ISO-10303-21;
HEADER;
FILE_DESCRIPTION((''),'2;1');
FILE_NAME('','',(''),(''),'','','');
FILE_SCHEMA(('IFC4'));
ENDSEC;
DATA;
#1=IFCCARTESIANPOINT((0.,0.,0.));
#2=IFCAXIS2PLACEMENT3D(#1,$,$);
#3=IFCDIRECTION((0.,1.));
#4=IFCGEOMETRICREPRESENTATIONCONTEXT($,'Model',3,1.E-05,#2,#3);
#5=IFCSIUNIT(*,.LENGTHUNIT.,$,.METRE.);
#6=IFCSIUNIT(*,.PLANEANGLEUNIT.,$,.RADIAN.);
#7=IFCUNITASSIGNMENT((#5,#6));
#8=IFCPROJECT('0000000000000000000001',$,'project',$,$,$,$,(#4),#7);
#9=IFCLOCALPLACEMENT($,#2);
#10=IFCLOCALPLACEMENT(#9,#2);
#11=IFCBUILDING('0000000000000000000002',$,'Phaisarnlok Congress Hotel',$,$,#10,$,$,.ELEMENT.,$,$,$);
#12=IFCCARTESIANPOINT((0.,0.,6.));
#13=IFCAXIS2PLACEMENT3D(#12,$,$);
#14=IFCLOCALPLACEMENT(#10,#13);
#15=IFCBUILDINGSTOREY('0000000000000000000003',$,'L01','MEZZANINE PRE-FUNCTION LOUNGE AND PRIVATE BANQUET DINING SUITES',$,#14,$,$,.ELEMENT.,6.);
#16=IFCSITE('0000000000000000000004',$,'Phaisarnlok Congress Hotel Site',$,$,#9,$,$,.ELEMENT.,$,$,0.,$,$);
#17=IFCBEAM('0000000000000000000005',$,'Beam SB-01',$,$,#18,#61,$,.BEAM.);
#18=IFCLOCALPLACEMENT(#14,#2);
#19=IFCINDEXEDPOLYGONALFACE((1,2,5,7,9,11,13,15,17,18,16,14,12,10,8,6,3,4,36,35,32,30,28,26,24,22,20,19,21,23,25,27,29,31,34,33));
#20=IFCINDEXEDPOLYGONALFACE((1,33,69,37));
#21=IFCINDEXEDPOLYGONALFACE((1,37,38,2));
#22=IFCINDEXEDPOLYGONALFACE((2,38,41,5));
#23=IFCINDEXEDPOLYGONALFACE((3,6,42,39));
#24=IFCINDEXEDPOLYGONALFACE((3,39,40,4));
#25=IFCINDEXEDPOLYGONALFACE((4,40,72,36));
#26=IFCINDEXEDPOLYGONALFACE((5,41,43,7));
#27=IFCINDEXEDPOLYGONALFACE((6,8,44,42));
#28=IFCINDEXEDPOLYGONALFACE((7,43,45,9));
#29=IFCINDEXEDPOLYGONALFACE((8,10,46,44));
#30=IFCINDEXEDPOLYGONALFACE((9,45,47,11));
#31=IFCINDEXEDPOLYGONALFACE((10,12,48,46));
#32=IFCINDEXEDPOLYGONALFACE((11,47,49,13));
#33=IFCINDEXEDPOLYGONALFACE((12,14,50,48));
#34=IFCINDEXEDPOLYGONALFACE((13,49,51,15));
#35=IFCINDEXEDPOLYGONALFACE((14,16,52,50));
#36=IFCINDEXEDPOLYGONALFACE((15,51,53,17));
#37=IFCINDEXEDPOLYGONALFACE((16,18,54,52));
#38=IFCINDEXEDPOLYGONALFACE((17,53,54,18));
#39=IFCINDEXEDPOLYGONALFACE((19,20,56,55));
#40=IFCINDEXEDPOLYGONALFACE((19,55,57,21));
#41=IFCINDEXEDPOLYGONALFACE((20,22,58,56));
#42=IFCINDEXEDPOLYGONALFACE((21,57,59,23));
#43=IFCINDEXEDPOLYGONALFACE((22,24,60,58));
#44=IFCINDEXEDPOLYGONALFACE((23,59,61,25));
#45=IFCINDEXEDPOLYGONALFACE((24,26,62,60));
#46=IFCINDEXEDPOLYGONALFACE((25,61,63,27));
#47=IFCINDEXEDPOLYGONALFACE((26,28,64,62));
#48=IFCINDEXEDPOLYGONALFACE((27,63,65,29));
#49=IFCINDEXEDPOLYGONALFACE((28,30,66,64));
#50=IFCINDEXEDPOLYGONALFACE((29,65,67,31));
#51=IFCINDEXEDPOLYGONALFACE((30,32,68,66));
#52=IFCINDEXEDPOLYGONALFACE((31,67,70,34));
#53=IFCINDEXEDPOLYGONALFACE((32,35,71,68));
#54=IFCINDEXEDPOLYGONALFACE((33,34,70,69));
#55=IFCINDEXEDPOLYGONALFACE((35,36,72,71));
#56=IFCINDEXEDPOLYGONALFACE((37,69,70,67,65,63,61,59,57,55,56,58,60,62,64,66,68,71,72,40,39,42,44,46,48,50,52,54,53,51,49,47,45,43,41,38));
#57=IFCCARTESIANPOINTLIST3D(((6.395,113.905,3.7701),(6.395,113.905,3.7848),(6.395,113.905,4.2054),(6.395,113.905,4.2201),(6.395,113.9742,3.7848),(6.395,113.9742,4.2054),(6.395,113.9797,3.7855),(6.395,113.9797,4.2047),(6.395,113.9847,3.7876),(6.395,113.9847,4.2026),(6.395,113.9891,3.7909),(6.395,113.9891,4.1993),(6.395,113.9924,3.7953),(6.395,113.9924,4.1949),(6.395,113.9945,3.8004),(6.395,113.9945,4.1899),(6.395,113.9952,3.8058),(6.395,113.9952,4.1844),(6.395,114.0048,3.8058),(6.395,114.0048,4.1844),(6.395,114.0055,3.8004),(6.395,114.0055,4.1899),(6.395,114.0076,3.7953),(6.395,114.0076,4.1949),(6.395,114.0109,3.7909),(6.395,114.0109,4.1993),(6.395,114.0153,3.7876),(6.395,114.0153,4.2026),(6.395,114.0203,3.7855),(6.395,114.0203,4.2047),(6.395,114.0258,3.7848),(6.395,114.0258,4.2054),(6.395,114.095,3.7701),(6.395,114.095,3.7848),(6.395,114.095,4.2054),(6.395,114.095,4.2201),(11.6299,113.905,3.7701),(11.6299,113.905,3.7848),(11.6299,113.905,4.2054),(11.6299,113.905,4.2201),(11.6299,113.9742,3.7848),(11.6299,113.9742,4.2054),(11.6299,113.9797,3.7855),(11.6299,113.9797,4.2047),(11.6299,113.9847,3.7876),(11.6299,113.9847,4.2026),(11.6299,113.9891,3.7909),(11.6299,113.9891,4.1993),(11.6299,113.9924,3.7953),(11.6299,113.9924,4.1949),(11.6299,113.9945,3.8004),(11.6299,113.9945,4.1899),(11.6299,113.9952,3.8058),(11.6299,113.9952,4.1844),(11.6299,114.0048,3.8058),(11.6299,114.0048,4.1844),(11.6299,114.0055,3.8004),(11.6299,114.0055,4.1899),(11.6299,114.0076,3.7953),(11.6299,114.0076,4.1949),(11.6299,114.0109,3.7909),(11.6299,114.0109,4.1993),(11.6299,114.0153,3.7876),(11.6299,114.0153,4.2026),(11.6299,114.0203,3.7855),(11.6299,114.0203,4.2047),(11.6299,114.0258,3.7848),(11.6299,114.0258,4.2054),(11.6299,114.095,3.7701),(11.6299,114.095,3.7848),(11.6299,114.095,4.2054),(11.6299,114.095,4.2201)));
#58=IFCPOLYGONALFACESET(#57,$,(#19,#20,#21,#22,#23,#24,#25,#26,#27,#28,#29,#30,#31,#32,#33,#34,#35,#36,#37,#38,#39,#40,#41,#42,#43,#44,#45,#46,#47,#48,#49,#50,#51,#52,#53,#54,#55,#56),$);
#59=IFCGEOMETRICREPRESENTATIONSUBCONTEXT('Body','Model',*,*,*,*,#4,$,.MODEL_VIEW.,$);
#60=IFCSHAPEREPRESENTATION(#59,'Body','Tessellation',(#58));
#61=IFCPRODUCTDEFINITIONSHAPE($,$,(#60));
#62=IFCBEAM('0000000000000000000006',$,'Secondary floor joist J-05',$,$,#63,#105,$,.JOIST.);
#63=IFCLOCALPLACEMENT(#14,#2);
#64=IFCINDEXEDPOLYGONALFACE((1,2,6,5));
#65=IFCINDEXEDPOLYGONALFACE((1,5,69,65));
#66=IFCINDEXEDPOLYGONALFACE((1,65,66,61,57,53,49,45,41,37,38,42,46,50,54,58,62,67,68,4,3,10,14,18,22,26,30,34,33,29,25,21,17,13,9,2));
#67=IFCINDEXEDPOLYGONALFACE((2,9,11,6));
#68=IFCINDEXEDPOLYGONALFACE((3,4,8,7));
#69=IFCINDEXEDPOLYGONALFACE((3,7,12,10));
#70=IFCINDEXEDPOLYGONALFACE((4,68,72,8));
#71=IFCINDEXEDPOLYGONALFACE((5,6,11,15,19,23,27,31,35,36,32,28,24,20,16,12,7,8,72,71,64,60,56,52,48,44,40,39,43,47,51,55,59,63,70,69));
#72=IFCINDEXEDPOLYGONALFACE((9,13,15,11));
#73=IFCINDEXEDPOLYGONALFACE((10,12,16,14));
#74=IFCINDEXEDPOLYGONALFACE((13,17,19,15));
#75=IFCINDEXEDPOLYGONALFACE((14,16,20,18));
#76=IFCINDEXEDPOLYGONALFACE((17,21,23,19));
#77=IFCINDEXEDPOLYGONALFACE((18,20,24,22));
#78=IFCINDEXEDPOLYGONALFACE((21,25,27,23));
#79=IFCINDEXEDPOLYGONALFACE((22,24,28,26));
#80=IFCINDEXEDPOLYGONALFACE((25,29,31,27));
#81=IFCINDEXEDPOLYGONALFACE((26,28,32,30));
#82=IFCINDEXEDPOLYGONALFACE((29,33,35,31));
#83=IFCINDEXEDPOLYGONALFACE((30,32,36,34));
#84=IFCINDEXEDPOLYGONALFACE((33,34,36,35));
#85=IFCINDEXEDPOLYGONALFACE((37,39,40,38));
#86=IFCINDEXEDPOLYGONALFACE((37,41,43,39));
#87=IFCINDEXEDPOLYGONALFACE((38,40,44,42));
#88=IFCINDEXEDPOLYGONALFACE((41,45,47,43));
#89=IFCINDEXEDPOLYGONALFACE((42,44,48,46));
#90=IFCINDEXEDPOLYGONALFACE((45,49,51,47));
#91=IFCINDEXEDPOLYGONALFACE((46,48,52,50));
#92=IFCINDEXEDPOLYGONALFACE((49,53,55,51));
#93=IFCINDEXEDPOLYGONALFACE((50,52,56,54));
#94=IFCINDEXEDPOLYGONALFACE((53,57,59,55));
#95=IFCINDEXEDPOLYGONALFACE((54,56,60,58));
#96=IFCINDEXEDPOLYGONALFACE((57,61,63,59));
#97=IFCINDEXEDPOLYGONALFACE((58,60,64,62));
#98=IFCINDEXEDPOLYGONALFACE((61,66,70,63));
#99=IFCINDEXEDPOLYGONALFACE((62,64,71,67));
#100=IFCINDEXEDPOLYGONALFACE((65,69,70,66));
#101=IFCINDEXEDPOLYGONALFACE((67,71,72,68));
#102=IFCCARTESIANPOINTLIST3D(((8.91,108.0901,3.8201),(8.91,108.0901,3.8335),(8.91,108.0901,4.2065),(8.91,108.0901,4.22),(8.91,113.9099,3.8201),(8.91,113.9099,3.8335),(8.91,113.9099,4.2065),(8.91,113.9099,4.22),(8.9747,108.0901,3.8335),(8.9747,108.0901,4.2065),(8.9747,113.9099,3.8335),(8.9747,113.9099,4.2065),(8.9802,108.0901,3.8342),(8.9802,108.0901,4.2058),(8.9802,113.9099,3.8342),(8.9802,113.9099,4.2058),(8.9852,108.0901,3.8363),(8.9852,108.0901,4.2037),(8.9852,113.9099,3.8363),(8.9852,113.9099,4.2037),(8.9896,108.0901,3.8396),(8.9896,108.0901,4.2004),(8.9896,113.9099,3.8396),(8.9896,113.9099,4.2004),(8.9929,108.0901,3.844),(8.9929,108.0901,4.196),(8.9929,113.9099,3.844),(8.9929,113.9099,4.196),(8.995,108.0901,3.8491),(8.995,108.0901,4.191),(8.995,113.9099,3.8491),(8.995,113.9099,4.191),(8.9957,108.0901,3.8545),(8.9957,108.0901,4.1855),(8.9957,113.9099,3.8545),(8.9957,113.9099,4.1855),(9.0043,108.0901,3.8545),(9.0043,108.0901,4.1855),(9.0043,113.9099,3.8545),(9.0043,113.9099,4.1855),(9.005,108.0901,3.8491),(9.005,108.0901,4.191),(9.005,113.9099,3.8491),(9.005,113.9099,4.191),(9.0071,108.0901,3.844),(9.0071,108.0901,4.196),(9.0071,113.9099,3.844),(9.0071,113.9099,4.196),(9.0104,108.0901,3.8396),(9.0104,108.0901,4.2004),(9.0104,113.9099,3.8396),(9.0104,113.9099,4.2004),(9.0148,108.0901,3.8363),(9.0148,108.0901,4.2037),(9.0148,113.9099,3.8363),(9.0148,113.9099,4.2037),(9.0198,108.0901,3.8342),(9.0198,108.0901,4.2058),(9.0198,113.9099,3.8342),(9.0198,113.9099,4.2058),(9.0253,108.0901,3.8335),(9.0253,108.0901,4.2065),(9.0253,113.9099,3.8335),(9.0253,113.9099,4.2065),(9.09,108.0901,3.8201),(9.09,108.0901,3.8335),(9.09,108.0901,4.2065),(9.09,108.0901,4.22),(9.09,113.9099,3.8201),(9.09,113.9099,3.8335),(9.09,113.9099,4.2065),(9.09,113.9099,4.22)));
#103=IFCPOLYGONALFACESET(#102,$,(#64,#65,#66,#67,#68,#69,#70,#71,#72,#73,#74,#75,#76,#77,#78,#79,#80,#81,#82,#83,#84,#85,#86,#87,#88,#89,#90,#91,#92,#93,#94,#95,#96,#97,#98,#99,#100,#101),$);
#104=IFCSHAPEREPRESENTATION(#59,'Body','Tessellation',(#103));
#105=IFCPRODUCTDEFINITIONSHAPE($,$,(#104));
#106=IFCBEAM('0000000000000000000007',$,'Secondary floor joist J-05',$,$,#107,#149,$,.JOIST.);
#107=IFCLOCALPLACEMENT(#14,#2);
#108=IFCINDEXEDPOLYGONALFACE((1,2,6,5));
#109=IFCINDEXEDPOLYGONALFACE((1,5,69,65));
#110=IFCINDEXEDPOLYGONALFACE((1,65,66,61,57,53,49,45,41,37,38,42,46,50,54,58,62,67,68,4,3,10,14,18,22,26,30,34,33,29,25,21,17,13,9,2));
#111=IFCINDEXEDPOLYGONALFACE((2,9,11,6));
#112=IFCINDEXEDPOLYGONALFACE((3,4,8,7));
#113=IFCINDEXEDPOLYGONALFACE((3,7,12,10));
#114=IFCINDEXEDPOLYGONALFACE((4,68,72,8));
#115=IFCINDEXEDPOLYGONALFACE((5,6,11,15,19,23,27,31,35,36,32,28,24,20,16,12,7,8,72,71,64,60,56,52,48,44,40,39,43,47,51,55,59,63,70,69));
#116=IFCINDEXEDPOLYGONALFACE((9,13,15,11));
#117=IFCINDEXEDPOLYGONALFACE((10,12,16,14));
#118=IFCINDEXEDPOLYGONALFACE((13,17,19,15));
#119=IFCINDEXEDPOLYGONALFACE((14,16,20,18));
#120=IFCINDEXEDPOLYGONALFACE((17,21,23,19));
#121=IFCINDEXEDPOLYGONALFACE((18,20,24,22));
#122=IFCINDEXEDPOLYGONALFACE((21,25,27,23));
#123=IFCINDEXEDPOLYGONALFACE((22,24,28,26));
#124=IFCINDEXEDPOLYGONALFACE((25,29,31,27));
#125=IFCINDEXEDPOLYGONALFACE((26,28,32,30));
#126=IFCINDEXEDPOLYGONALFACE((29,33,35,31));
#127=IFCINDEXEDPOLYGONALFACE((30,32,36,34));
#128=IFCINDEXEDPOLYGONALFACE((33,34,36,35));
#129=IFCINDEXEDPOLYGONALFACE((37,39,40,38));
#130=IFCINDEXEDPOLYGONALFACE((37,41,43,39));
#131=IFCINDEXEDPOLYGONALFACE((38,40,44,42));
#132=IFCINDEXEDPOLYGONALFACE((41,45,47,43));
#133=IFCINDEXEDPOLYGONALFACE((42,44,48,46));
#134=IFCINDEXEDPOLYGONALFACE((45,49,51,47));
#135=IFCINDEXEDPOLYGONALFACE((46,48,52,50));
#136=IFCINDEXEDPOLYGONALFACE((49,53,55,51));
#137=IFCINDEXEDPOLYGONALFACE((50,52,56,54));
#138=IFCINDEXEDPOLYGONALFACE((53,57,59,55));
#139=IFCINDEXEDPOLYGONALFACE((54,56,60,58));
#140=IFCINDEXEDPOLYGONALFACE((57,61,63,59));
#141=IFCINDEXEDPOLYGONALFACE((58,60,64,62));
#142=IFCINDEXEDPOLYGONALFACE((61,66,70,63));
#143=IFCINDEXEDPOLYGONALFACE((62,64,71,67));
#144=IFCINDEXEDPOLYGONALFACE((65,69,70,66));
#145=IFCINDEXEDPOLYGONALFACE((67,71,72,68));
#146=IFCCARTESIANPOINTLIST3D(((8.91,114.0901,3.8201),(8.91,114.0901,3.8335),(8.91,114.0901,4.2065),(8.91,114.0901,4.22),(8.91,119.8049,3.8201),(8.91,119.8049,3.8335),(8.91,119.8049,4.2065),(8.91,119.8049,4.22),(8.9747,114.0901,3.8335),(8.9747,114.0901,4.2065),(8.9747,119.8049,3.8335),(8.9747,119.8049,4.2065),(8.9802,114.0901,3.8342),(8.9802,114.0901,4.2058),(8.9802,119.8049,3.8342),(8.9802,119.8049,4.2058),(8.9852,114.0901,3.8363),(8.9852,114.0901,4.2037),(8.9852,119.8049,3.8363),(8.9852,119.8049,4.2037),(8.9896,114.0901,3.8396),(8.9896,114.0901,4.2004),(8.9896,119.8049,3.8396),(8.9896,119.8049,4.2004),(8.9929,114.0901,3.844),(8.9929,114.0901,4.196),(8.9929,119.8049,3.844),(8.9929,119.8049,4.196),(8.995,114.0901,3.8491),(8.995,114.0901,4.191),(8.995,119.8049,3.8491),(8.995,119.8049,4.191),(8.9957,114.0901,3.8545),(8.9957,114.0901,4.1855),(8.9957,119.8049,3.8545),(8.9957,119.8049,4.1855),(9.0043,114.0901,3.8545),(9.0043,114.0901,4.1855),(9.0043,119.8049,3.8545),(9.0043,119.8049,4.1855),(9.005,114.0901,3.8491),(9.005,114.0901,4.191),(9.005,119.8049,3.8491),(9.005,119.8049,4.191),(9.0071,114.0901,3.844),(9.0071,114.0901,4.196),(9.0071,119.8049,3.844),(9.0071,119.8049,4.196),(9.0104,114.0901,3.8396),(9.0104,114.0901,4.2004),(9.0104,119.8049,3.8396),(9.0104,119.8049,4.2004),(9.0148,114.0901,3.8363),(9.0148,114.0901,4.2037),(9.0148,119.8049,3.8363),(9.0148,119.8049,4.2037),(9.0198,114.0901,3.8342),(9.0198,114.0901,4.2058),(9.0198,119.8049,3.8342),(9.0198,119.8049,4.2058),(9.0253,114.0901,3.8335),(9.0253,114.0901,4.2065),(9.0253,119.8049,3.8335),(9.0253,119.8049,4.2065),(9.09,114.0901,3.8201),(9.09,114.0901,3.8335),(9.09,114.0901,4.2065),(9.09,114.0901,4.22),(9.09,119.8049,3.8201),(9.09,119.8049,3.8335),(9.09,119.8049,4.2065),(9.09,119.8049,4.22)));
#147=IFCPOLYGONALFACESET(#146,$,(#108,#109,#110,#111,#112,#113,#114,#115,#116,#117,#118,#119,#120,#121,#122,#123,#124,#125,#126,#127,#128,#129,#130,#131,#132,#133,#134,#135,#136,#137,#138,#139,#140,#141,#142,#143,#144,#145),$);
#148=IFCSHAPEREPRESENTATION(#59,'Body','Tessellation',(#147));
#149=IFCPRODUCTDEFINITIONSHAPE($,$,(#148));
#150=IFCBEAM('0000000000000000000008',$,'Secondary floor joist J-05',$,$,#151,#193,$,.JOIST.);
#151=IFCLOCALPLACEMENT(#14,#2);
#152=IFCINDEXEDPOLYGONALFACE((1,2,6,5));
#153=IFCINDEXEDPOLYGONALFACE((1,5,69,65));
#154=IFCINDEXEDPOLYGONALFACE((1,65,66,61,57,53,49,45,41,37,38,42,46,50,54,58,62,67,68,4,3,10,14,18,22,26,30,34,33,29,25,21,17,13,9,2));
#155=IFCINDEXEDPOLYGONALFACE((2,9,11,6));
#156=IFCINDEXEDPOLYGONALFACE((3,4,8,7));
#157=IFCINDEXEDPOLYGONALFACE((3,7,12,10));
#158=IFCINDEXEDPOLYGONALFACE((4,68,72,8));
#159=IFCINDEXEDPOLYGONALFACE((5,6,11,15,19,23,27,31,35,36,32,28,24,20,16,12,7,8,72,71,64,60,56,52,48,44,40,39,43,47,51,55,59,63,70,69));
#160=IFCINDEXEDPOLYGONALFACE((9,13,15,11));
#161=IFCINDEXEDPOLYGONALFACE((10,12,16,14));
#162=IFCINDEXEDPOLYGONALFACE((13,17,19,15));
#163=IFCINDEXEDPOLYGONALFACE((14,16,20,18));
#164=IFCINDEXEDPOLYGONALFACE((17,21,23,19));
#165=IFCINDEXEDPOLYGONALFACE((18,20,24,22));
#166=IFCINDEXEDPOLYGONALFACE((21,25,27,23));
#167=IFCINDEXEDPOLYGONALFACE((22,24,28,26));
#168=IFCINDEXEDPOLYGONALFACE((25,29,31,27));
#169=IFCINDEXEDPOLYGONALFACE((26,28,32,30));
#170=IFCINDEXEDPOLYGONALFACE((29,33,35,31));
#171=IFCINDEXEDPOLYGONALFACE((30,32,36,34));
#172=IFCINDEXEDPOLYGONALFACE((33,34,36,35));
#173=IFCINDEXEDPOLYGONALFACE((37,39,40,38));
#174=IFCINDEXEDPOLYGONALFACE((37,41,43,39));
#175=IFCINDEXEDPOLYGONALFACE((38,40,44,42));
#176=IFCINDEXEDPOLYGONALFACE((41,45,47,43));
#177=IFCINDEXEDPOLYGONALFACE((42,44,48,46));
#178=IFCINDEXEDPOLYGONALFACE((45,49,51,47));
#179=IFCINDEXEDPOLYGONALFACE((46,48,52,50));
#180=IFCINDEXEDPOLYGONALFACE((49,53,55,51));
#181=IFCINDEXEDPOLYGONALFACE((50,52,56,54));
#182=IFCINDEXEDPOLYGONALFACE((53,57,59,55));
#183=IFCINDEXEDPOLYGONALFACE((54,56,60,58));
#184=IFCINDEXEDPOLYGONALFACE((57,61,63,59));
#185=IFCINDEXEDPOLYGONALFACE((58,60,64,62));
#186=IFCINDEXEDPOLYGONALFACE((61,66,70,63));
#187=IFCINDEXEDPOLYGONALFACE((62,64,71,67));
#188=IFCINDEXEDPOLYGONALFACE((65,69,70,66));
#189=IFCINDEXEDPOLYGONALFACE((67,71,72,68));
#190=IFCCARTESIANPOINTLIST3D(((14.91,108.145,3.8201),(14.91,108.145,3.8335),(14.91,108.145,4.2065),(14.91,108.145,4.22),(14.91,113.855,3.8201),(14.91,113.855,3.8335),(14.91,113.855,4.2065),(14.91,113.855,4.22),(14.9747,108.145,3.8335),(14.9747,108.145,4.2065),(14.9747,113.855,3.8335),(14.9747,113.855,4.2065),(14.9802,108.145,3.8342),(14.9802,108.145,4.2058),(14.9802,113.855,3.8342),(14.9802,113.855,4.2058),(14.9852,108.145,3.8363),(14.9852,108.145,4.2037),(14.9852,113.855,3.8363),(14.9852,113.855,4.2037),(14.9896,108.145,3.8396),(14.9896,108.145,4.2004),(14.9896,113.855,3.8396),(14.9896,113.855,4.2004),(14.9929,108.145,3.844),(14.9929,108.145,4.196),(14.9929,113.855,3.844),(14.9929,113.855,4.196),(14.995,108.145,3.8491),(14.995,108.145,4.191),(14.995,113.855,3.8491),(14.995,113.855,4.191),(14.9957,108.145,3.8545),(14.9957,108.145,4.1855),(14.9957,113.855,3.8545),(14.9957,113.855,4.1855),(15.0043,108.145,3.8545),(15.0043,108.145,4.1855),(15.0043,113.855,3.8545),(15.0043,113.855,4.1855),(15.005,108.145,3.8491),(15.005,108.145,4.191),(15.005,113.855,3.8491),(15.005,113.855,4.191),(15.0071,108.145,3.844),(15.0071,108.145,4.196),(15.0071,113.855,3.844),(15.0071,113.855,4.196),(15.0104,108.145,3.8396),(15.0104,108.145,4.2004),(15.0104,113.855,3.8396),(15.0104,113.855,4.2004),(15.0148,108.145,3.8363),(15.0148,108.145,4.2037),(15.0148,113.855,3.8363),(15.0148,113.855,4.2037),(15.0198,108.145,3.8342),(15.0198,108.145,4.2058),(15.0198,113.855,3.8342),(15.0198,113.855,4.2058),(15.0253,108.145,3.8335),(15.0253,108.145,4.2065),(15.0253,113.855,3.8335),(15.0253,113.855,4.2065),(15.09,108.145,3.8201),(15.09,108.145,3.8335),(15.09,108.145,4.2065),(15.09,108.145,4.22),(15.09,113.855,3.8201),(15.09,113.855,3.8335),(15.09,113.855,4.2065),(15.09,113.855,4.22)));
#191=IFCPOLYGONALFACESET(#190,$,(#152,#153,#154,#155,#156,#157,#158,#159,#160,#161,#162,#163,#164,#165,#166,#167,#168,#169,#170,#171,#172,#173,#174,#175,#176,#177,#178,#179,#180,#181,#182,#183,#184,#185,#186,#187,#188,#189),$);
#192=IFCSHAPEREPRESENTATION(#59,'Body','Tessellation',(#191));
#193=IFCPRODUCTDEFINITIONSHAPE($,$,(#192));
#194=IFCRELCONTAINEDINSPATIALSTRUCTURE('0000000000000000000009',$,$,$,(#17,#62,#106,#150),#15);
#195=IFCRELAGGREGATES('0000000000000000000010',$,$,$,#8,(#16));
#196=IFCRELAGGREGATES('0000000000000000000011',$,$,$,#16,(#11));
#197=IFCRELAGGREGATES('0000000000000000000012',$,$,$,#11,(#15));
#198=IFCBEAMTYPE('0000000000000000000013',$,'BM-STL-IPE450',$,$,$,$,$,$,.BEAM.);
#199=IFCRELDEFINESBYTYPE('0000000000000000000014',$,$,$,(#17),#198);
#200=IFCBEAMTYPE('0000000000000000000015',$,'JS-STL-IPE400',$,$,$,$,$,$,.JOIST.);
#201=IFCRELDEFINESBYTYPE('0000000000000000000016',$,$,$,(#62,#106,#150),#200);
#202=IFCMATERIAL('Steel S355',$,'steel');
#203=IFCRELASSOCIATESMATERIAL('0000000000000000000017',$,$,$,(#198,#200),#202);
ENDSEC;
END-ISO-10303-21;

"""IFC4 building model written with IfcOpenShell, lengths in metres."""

from ifc_helpers import new_model, si_unit, direction, frame, origin, origin_2d, place, context, subcontext, project, spatial, i_section, extrude, material, material_profile, profile_set, type_object, element, save


model = new_model("IFC4")

# Units and contexts
model_context = context("Model", 3, precision=1e-05, world=origin(), true_north=direction((0.0, 1.0)))
body_context = subcontext(model_context, "Body", "Model", "MODEL_VIEW")
ifc_project = project(units=[si_unit("LENGTHUNIT", "METRE"), si_unit("PLANEANGLEUNIT", "RADIAN")], contexts=[model_context])

# Site, building, storey
site_placement = place(None, origin())
site = spatial("IfcSite", under=ifc_project, at=site_placement, Name="Phaisarnlok Congress Hotel Site", CompositionType="ELEMENT", RefElevation=0.0)
building_placement = place(site_placement, origin())
building = spatial("IfcBuilding", under=site, at=building_placement, Name="Phaisarnlok Congress Hotel", CompositionType="ELEMENT")
storey_placement = place(building_placement, frame((0.0, 0.0, 6.0)))
storey = spatial("IfcBuildingStorey", under=building, at=storey_placement, Name="L01", Description="MEZZANINE PRE-FUNCTION LOUNGE AND PRIVATE BANQUET DINING SUITES", CompositionType="ELEMENT", Elevation=6.0)

# Shared definitions
ifc_material_1 = material(Name="Steel S355", Category="steel")

# Beams
ifc_material_profile_1 = material_profile(ifc_material_1, i_section(OverallWidth=0.1899, OverallDepth=0.45, WebThickness=0.0095, FlangeThickness=0.0146, FilletRadius=0.021, at=origin_2d()), Name="IPE 450")
ifc_profile_set_1 = profile_set([ifc_material_profile_1], Name="Steel S355")
beam_type_1 = type_object("IfcBeamType", Name="BM-STL-IPE450", PredefinedType="BEAM", material=ifc_profile_set_1)
beam_1_placement = place(storey_placement, frame((6.395, 114.0, 3.9951), z_axis=(1.0, 0.0, 0.0), x_axis=(0.0, 1.0, 0.0)))
element("IfcBeam", 1, at=beam_1_placement, inside=storey, type_object=beam_type_1, Name="Beam SB-01", PredefinedType="BEAM", context=body_context, shape_type="SweptSolid", body=[
    extrude(i_section(OverallWidth=0.1899, OverallDepth=0.45, WebThickness=0.0095, FlangeThickness=0.0146, FilletRadius=0.021, at=origin_2d()), origin(), (0.0, 0.0, 1.0), 5.2349),
])
ifc_material_profile_2 = material_profile(ifc_material_1, i_section(OverallWidth=0.1799, OverallDepth=0.3999, WebThickness=0.0085, FlangeThickness=0.0134, FilletRadius=0.021, at=origin_2d()), Name="IPE 400")
ifc_profile_set_2 = profile_set([ifc_material_profile_2], Name="Steel S355")
beam_type_2 = type_object("IfcBeamType", Name="JS-STL-IPE400", PredefinedType="JOIST", material=ifc_profile_set_2)
beam_2_placement = place(storey_placement, frame((9.0, 108.0901, 4.02), z_axis=(0.0, 1.0, 0.0), x_axis=(-1.0, 0.0, 0.0)))
element("IfcBeam", 2, at=beam_2_placement, inside=storey, type_object=beam_type_2, Name="Secondary floor joist J-05", PredefinedType="JOIST", context=body_context, shape_type="SweptSolid", body=[
    extrude(i_section(OverallWidth=0.1799, OverallDepth=0.3999, WebThickness=0.0085, FlangeThickness=0.0134, FilletRadius=0.021, at=origin_2d()), origin(), (0.0, 0.0, 1.0), 5.8198),
])
beam_3_placement = place(storey_placement, frame((9.0, 114.0901, 4.02), z_axis=(0.0, 1.0, 0.0), x_axis=(-1.0, 0.0, 0.0)))
element("IfcBeam", 3, at=beam_3_placement, inside=storey, type_object=beam_type_2, Name="Secondary floor joist J-05", PredefinedType="JOIST", context=body_context, shape_type="SweptSolid", body=[
    extrude(i_section(OverallWidth=0.1799, OverallDepth=0.3999, WebThickness=0.0085, FlangeThickness=0.0134, FilletRadius=0.021, at=origin_2d()), origin(), (0.0, 0.0, 1.0), 5.7148),
])
beam_4_placement = place(storey_placement, frame((15.0, 108.145, 4.02), z_axis=(0.0, 1.0, 0.0), x_axis=(-1.0, 0.0, 0.0)))
element("IfcBeam", 4, at=beam_4_placement, inside=storey, type_object=beam_type_2, Name="Secondary floor joist J-05", PredefinedType="JOIST", context=body_context, shape_type="SweptSolid", body=[
    extrude(i_section(OverallWidth=0.1799, OverallDepth=0.3999, WebThickness=0.0085, FlangeThickness=0.0134, FilletRadius=0.021, at=origin_2d()), origin(), (0.0, 0.0, 1.0), 5.71),
])

save(model, "model.ifc")
